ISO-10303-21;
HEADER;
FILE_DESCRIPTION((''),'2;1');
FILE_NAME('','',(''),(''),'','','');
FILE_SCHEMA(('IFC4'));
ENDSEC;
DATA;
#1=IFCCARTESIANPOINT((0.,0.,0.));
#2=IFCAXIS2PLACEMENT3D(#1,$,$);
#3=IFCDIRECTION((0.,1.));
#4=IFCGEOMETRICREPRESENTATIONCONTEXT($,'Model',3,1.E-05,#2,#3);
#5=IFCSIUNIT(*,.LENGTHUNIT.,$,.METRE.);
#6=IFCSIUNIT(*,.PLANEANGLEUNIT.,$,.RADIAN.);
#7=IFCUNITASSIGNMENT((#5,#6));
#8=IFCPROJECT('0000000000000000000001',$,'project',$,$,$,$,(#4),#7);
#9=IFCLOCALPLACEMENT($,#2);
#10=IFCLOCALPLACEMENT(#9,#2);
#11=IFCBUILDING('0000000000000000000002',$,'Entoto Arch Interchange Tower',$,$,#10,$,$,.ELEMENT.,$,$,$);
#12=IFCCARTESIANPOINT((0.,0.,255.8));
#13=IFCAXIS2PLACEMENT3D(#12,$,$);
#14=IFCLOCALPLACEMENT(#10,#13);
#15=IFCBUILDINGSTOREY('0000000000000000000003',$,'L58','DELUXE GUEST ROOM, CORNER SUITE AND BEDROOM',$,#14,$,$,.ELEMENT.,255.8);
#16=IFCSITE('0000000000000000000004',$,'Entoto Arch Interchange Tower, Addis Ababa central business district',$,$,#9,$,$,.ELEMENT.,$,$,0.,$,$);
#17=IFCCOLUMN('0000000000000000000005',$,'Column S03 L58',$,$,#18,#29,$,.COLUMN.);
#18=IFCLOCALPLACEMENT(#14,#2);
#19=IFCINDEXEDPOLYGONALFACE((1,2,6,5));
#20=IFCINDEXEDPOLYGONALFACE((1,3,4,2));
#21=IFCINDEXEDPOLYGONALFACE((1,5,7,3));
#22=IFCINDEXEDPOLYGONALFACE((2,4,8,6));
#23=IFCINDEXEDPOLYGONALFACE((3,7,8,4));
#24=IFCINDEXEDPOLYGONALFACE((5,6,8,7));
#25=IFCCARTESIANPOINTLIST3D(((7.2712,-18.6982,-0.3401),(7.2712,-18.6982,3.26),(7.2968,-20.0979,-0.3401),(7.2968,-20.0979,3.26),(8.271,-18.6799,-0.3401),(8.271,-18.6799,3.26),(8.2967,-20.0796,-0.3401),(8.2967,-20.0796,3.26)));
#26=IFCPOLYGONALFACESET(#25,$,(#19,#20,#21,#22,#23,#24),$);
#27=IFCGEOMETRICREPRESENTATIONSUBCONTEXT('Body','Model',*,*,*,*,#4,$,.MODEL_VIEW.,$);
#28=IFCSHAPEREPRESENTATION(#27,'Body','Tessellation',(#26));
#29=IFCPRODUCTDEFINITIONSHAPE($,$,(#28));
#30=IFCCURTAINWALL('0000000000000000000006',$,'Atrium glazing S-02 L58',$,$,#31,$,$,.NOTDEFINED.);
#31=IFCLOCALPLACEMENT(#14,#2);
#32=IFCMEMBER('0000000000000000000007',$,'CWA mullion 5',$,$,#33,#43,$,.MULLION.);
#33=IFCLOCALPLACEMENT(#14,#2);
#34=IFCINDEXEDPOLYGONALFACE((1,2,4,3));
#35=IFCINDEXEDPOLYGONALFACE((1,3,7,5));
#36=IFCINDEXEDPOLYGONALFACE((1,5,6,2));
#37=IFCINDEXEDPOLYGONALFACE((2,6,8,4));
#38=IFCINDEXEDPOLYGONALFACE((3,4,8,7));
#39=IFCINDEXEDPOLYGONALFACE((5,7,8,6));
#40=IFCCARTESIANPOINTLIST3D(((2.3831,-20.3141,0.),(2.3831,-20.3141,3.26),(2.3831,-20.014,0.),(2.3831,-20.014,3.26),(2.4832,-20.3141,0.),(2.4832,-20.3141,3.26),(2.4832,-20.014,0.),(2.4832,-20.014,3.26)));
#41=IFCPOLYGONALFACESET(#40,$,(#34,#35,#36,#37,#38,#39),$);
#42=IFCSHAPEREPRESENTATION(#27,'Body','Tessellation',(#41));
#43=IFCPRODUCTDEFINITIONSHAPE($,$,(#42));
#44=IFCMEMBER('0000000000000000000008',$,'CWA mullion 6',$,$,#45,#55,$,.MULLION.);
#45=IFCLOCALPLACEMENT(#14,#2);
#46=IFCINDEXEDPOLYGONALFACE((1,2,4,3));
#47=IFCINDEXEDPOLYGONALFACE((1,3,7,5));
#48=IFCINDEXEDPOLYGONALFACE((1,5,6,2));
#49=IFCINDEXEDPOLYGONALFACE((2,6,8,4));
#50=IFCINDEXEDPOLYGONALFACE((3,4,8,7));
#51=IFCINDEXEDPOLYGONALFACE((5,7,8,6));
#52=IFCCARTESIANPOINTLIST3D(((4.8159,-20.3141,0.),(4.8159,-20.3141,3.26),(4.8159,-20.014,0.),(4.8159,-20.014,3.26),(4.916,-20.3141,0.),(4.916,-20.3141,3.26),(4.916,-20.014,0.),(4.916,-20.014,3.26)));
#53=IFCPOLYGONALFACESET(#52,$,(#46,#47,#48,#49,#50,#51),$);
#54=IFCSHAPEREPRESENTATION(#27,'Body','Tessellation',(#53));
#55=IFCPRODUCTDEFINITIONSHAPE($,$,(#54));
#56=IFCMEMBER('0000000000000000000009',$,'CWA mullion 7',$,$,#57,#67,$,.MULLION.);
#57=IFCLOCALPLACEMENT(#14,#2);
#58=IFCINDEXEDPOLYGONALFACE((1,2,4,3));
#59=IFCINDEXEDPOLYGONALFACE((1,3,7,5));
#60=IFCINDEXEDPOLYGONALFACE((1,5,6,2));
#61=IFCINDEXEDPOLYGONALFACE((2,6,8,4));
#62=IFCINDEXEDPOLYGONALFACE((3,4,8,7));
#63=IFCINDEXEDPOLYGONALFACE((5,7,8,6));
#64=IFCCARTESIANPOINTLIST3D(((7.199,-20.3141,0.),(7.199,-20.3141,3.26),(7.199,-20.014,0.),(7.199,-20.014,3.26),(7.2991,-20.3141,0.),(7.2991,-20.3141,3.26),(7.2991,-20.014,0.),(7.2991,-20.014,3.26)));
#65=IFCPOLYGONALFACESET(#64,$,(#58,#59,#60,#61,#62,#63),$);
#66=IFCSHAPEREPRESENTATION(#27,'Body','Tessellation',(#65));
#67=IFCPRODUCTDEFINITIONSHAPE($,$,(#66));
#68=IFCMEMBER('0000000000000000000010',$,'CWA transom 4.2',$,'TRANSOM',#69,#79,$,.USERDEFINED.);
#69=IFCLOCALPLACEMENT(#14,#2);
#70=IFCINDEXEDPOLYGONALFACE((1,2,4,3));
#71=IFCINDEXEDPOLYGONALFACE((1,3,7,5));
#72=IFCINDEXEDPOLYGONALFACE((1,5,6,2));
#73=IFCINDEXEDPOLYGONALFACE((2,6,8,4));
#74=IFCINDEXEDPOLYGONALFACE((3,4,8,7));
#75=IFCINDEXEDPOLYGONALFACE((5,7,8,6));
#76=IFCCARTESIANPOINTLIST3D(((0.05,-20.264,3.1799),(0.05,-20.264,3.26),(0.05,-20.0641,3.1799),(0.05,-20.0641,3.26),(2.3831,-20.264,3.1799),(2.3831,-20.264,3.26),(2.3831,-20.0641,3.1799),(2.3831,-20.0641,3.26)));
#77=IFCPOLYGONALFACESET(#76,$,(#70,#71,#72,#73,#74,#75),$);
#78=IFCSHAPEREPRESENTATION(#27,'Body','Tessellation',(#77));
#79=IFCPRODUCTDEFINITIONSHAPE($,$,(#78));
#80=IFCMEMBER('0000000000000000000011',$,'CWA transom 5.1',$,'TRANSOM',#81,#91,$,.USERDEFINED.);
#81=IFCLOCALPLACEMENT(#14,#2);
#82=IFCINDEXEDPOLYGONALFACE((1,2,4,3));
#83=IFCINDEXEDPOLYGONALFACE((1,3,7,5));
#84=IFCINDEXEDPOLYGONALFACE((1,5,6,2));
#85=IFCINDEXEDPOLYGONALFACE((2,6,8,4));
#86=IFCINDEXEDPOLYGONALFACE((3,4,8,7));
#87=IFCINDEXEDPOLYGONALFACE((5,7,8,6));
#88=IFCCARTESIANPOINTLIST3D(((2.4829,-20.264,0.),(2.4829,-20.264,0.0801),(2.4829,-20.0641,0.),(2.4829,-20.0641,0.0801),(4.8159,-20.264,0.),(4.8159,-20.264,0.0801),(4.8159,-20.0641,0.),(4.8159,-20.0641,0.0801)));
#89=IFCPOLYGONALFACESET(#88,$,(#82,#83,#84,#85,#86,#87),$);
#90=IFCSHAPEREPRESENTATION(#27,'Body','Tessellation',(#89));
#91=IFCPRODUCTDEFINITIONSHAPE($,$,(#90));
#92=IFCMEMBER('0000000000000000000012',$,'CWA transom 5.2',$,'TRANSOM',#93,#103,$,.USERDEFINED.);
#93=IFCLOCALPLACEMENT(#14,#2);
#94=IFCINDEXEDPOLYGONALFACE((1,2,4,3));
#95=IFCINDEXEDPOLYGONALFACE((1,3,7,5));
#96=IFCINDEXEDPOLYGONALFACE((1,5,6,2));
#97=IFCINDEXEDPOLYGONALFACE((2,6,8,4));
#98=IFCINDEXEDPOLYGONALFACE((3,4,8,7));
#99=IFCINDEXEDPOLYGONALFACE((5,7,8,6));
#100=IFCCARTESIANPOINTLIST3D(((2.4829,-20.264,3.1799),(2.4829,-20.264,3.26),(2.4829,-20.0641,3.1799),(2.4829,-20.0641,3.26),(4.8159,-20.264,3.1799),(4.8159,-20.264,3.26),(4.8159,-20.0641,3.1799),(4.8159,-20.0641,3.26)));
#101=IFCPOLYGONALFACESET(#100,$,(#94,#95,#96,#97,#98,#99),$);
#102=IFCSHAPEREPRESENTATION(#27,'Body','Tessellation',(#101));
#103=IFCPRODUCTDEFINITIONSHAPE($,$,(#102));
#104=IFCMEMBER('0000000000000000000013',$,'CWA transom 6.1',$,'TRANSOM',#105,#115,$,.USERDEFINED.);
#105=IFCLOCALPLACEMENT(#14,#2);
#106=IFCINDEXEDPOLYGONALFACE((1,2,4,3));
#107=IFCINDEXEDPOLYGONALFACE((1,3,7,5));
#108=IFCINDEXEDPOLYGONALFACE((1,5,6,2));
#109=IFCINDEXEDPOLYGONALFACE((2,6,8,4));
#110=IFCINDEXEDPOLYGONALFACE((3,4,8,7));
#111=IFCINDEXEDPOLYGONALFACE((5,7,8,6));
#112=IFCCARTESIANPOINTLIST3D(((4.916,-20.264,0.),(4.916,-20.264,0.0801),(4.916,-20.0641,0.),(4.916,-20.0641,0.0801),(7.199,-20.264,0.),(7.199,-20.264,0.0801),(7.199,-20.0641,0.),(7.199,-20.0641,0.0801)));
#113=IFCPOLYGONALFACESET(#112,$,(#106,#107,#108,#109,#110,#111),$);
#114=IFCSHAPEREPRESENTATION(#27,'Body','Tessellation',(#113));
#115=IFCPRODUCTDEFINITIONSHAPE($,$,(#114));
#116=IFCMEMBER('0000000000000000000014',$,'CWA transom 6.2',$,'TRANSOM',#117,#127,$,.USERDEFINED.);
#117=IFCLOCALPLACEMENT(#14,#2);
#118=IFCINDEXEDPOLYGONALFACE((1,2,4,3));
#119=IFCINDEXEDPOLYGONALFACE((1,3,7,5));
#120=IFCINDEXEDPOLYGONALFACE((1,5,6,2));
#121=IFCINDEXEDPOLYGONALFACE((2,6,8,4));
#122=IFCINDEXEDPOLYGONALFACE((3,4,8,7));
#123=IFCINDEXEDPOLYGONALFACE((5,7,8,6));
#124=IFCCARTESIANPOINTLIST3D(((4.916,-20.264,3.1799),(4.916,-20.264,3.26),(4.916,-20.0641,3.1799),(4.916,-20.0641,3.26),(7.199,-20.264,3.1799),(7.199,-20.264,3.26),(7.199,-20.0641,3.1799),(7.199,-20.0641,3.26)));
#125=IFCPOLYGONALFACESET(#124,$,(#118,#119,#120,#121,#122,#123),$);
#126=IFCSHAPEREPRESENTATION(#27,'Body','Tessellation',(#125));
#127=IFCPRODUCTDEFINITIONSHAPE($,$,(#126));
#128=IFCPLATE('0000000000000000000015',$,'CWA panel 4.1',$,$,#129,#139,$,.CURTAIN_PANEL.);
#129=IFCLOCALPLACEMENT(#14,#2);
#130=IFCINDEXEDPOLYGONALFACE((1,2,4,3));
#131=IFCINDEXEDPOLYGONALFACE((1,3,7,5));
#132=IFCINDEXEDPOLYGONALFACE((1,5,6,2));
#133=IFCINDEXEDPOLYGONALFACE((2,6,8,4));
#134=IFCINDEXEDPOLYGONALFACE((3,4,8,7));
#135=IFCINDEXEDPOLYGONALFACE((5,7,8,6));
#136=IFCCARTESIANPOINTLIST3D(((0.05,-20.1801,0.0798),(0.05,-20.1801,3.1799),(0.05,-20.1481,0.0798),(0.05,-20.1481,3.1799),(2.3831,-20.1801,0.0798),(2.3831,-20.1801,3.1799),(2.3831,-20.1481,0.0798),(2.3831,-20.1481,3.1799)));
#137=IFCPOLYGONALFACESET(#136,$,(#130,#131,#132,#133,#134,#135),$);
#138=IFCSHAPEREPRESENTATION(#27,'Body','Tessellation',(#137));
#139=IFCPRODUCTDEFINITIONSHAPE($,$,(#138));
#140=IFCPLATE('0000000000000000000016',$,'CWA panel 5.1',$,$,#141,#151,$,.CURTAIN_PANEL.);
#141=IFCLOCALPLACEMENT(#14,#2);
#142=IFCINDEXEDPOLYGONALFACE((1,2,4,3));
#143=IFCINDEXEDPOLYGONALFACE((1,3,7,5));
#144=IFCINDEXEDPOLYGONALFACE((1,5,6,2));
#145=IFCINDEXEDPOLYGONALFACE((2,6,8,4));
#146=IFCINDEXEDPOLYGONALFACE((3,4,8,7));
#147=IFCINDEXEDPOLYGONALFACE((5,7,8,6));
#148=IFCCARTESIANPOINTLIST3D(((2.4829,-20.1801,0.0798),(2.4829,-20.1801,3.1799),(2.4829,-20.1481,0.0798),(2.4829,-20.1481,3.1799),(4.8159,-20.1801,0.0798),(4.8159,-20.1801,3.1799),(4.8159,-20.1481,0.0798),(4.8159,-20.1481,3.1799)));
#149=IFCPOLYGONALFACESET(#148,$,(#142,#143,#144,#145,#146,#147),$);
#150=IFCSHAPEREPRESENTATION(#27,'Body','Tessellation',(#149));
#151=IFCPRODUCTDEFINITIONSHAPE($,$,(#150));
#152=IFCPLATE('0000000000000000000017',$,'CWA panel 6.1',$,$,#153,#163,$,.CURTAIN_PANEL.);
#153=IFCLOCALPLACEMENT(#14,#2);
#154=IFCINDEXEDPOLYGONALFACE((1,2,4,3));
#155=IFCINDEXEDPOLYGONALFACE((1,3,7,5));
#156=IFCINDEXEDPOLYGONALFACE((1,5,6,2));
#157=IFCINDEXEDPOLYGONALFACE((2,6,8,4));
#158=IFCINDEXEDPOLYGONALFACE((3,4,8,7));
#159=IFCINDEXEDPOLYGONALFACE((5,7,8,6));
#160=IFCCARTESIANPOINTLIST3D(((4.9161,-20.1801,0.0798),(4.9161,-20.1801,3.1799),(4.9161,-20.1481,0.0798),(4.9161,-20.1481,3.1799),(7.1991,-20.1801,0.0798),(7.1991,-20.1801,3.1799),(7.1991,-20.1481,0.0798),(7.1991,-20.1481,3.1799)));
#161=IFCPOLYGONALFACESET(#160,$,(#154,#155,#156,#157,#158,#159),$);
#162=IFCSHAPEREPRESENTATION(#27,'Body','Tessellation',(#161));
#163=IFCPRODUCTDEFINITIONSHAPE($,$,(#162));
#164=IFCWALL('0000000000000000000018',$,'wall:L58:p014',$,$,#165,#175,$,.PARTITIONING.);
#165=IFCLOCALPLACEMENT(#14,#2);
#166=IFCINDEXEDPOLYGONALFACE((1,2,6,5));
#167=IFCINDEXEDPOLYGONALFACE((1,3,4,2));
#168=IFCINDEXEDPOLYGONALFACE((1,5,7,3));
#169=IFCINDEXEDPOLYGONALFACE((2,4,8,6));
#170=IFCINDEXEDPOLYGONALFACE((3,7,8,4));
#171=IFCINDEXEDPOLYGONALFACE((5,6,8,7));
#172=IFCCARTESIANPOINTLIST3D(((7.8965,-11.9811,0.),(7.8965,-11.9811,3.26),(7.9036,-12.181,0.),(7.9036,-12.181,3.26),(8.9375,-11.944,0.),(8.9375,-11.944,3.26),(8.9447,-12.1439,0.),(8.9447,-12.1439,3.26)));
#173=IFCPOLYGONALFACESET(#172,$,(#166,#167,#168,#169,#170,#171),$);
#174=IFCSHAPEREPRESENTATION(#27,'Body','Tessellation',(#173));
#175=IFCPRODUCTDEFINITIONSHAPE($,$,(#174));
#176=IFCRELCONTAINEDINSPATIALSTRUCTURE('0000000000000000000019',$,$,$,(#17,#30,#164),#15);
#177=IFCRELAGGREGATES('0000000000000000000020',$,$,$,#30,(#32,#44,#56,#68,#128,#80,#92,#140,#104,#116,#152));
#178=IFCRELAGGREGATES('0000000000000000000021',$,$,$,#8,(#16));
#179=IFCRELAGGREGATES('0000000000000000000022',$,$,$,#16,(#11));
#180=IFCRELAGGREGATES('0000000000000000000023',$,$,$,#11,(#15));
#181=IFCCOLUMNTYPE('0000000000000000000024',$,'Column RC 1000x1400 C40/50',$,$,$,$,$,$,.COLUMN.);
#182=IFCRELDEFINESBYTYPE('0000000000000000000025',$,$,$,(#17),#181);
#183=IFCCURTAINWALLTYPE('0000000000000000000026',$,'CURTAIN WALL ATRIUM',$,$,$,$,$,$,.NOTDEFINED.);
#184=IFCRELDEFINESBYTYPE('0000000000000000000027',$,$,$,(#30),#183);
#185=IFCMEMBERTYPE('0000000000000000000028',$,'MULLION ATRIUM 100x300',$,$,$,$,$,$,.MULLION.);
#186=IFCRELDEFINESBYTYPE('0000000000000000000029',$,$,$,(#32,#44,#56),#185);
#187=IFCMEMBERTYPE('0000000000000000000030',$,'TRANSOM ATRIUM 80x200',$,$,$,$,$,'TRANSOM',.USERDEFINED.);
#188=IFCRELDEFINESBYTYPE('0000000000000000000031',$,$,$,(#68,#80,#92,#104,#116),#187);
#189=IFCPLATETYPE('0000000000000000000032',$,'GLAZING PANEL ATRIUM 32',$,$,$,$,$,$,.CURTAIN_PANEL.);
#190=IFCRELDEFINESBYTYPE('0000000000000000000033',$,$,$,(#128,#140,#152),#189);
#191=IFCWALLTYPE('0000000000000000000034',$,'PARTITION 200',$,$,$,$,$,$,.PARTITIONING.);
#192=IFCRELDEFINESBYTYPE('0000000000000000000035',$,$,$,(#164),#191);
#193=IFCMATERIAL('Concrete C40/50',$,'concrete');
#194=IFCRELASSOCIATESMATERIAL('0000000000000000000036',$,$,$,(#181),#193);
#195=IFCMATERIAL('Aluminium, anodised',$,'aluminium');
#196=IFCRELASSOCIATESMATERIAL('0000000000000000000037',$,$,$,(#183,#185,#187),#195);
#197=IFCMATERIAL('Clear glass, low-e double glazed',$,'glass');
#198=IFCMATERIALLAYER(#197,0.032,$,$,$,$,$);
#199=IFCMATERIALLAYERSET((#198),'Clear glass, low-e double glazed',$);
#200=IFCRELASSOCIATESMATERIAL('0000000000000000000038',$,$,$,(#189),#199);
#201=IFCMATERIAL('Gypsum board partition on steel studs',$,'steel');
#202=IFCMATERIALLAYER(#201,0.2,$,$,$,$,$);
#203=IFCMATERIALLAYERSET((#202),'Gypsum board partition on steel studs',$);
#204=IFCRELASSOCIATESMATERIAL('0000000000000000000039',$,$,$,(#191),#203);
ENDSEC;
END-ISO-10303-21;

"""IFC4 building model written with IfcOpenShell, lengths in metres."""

from ifc_helpers import new_model, si_unit, direction, frame, frame_2d, origin, origin_2d, place, context, subcontext, project, spatial, rectangle, extrude, material, layer, layer_set, material_profile, profile_set, type_object, element, aggregate, save


model = new_model("IFC4")

# Units and contexts
model_context = context("Model", 3, precision=1e-05, world=origin(), true_north=direction((0.0, 1.0)))
body_context = subcontext(model_context, "Body", "Model", "MODEL_VIEW")
ifc_project = project(units=[si_unit("LENGTHUNIT", "METRE"), si_unit("PLANEANGLEUNIT", "RADIAN")], contexts=[model_context])

# Site, building, storey
site_placement = place(None, origin())
site = spatial("IfcSite", under=ifc_project, at=site_placement, Name="Entoto Arch Interchange Tower, Addis Ababa central business district", CompositionType="ELEMENT", RefElevation=0.0)
building_placement = place(site_placement, origin())
building = spatial("IfcBuilding", under=site, at=building_placement, Name="Entoto Arch Interchange Tower", CompositionType="ELEMENT")
storey_placement = place(building_placement, frame((0.0, 0.0, 255.8)))
storey = spatial("IfcBuildingStorey", under=building, at=storey_placement, Name="L58", Description="DELUXE GUEST ROOM, CORNER SUITE AND BEDROOM", CompositionType="ELEMENT", Elevation=255.8)

# Column
ifc_material_1 = material(Name="Concrete C40/50", Category="concrete")
ifc_material_profile_1 = material_profile(ifc_material_1, rectangle(XDim=1.0, YDim=1.3999, at=origin_2d()))
ifc_profile_set_1 = profile_set([ifc_material_profile_1], Name="Concrete C40/50")
column_type = type_object("IfcColumnType", Name="Column RC 1000x1400 C40/50", PredefinedType="COLUMN", material=ifc_profile_set_1)
column_placement = place(storey_placement, frame((7.7839, -19.3889, -0.3401), z_axis=(0.0, 0.0, 1.0), x_axis=(0.999833, 0.01829, 0.0)))
element("IfcColumn", 1, at=column_placement, inside=storey, type_object=column_type, Name="Column S03 L58", PredefinedType="COLUMN", context=body_context, shape_type="SweptSolid", body=[
    extrude(rectangle(XDim=1.0, YDim=1.3999, at=origin_2d()), origin(), (0.0, 0.0, 1.0), 3.6001),
])

# Curtain wall, members, plates
ifc_material_2 = material(Name="Aluminium, anodised", Category="aluminium")
curtain_wall_type = type_object("IfcCurtainWallType", Name="CURTAIN WALL ATRIUM", PredefinedType="NOTDEFINED", material=ifc_material_2)
curtain_wall_placement = place(storey_placement, origin())
curtain_wall = element("IfcCurtainWall", 2, at=curtain_wall_placement, inside=storey, type_object=curtain_wall_type, Name="Atrium glazing S-02 L58", PredefinedType="NOTDEFINED")
ifc_material_profile_2 = material_profile(ifc_material_2, rectangle(XDim=0.3, YDim=0.1001, at=origin_2d()))
ifc_profile_set_2 = profile_set([ifc_material_profile_2], Name="Aluminium, anodised")
member_type_1 = type_object("IfcMemberType", Name="MULLION ATRIUM 100x300", PredefinedType="MULLION", material=ifc_profile_set_2)
member_1_placement = place(storey_placement, frame((2.4331, -20.1641, 0.0), z_axis=(0.0, 0.0, 1.0), x_axis=(0.0, 1.0, 0.0)))
member_1 = element("IfcMember", 3, at=member_1_placement, type_object=member_type_1, Name="CWA mullion 5", PredefinedType="MULLION", context=body_context, shape_type="SweptSolid", body=[
    extrude(rectangle(XDim=0.3, YDim=0.1001, at=origin_2d()), origin(), (0.0, 0.0, 1.0), 3.26),
])
member_2_placement = place(storey_placement, frame((4.866, -20.1641, 0.0), z_axis=(0.0, 0.0, 1.0), x_axis=(0.0, 1.0, 0.0)))
member_2 = element("IfcMember", 4, at=member_2_placement, type_object=member_type_1, Name="CWA mullion 6", PredefinedType="MULLION", context=body_context, shape_type="SweptSolid", body=[
    extrude(rectangle(XDim=0.3, YDim=0.1001, at=origin_2d()), origin(), (0.0, 0.0, 1.0), 3.26),
])
member_3_placement = place(storey_placement, frame((7.249, -20.1641, 0.0), z_axis=(0.0, 0.0, 1.0), x_axis=(0.0, 1.0, 0.0)))
member_3 = element("IfcMember", 5, at=member_3_placement, type_object=member_type_1, Name="CWA mullion 7", PredefinedType="MULLION", context=body_context, shape_type="SweptSolid", body=[
    extrude(rectangle(XDim=0.3, YDim=0.1001, at=origin_2d()), origin(), (0.0, 0.0, 1.0), 3.26),
])
ifc_material_profile_3 = material_profile(ifc_material_2, rectangle(XDim=0.2, YDim=0.0801, at=origin_2d()))
ifc_profile_set_3 = profile_set([ifc_material_profile_3], Name="Aluminium, anodised")
member_type_2 = type_object("IfcMemberType", Name="TRANSOM ATRIUM 80x200", ElementType="TRANSOM", PredefinedType="USERDEFINED", material=ifc_profile_set_3)
member_4_placement = place(storey_placement, frame((0.05, -20.1641, 3.22), z_axis=(1.0, 0.0, 0.0), x_axis=(0.0, 1.0, 0.0)))
member_4 = element("IfcMember", 6, at=member_4_placement, type_object=member_type_2, Name="CWA transom 4.2", ObjectType="TRANSOM", PredefinedType="USERDEFINED", context=body_context, shape_type="SweptSolid", body=[
    extrude(rectangle(XDim=0.2, YDim=0.0801, at=origin_2d()), origin(), (0.0, 0.0, 1.0), 2.333),
])
member_5_placement = place(storey_placement, frame((2.4829, -20.1641, 0.04), z_axis=(1.0, 0.0, 0.0), x_axis=(0.0, 1.0, 0.0)))
member_5 = element("IfcMember", 7, at=member_5_placement, type_object=member_type_2, Name="CWA transom 5.1", ObjectType="TRANSOM", PredefinedType="USERDEFINED", context=body_context, shape_type="SweptSolid", body=[
    extrude(rectangle(XDim=0.2, YDim=0.0801, at=origin_2d()), origin(), (0.0, 0.0, 1.0), 2.333),
])
member_6_placement = place(storey_placement, frame((2.4829, -20.1641, 3.22), z_axis=(1.0, 0.0, 0.0), x_axis=(0.0, 1.0, 0.0)))
member_6 = element("IfcMember", 8, at=member_6_placement, type_object=member_type_2, Name="CWA transom 5.2", ObjectType="TRANSOM", PredefinedType="USERDEFINED", context=body_context, shape_type="SweptSolid", body=[
    extrude(rectangle(XDim=0.2, YDim=0.0801, at=origin_2d()), origin(), (0.0, 0.0, 1.0), 2.333),
])
member_7_placement = place(storey_placement, frame((4.916, -20.1641, 0.04), z_axis=(1.0, 0.0, 0.0), x_axis=(0.0, 1.0, 0.0)))
member_7 = element("IfcMember", 9, at=member_7_placement, type_object=member_type_2, Name="CWA transom 6.1", ObjectType="TRANSOM", PredefinedType="USERDEFINED", context=body_context, shape_type="SweptSolid", body=[
    extrude(rectangle(XDim=0.2, YDim=0.0801, at=origin_2d()), origin(), (0.0, 0.0, 1.0), 2.283),
])
member_8_placement = place(storey_placement, frame((4.916, -20.1641, 3.22), z_axis=(1.0, 0.0, 0.0), x_axis=(0.0, 1.0, 0.0)))
member_8 = element("IfcMember", 10, at=member_8_placement, type_object=member_type_2, Name="CWA transom 6.2", ObjectType="TRANSOM", PredefinedType="USERDEFINED", context=body_context, shape_type="SweptSolid", body=[
    extrude(rectangle(XDim=0.2, YDim=0.0801, at=origin_2d()), origin(), (0.0, 0.0, 1.0), 2.283),
])
ifc_material_3 = material(Name="Clear glass, low-e double glazed", Category="glass")
ifc_layer_1 = layer(ifc_material_3, 0.032)
ifc_layer_set_1 = layer_set([ifc_layer_1], Name="Clear glass, low-e double glazed")
plate_type = type_object("IfcPlateType", Name="GLAZING PANEL ATRIUM 32", PredefinedType="CURTAIN_PANEL", material=ifc_layer_set_1)
plate_1_placement = place(storey_placement, frame((1.2166, -20.1641, 0.0798), z_axis=(0.0, 0.0, 1.0), x_axis=(1.0, 0.0, 0.0)))
plate_1 = element("IfcPlate", 11, at=plate_1_placement, type_object=plate_type, Name="CWA panel 4.1", PredefinedType="CURTAIN_PANEL", context=body_context, shape_type="SweptSolid", body=[
    extrude(rectangle(XDim=2.333, YDim=0.032, at=origin_2d()), origin(), (0.0, 0.0, 1.0), 3.1001),
])
plate_2_placement = place(storey_placement, frame((3.6494, -20.1641, 0.0798), z_axis=(0.0, 0.0, 1.0), x_axis=(1.0, 0.0, 0.0)))
plate_2 = element("IfcPlate", 12, at=plate_2_placement, type_object=plate_type, Name="CWA panel 5.1", PredefinedType="CURTAIN_PANEL", context=body_context, shape_type="SweptSolid", body=[
    extrude(rectangle(XDim=2.333, YDim=0.032, at=origin_2d()), origin(), (0.0, 0.0, 1.0), 3.1001),
])
plate_3_placement = place(storey_placement, frame((6.0576, -20.1641, 0.0798), z_axis=(0.0, 0.0, 1.0), x_axis=(1.0, 0.0, 0.0)))
plate_3 = element("IfcPlate", 13, at=plate_3_placement, type_object=plate_type, Name="CWA panel 6.1", PredefinedType="CURTAIN_PANEL", context=body_context, shape_type="SweptSolid", body=[
    extrude(rectangle(XDim=2.283, YDim=0.032, at=origin_2d()), origin(), (0.0, 0.0, 1.0), 3.1001),
])
aggregate(curtain_wall, [member_1, member_2, member_3, member_4, plate_1, member_5, member_6, plate_2, member_7, member_8, plate_3])

# Wall
ifc_material_4 = material(Name="Gypsum board partition on steel studs", Category="steel")
ifc_layer_2 = layer(ifc_material_4, 0.2)
ifc_layer_set_2 = layer_set([ifc_layer_2], Name="Gypsum board partition on steel studs")
wall_type_1 = type_object("IfcWallType", Name="PARTITION 200", PredefinedType="PARTITIONING", material=ifc_layer_set_2)
wall_1_placement = place(storey_placement, frame((7.8999, -12.0811, 0.0), z_axis=(0.0, 0.0, 1.0), x_axis=(0.999365, 0.035625, 0.0)))
element("IfcWall", 14, at=wall_1_placement, inside=storey, type_object=wall_type_1, Name="wall:L58:p014", PredefinedType="PARTITIONING", context=body_context, shape_type="SweptSolid", body=[
    extrude(rectangle(XDim=1.0417, YDim=0.2, at=frame_2d((0.521, 0.0))), origin(), (0.0, 0.0, 1.0), 3.26),
])

save(model, "model.ifc")
